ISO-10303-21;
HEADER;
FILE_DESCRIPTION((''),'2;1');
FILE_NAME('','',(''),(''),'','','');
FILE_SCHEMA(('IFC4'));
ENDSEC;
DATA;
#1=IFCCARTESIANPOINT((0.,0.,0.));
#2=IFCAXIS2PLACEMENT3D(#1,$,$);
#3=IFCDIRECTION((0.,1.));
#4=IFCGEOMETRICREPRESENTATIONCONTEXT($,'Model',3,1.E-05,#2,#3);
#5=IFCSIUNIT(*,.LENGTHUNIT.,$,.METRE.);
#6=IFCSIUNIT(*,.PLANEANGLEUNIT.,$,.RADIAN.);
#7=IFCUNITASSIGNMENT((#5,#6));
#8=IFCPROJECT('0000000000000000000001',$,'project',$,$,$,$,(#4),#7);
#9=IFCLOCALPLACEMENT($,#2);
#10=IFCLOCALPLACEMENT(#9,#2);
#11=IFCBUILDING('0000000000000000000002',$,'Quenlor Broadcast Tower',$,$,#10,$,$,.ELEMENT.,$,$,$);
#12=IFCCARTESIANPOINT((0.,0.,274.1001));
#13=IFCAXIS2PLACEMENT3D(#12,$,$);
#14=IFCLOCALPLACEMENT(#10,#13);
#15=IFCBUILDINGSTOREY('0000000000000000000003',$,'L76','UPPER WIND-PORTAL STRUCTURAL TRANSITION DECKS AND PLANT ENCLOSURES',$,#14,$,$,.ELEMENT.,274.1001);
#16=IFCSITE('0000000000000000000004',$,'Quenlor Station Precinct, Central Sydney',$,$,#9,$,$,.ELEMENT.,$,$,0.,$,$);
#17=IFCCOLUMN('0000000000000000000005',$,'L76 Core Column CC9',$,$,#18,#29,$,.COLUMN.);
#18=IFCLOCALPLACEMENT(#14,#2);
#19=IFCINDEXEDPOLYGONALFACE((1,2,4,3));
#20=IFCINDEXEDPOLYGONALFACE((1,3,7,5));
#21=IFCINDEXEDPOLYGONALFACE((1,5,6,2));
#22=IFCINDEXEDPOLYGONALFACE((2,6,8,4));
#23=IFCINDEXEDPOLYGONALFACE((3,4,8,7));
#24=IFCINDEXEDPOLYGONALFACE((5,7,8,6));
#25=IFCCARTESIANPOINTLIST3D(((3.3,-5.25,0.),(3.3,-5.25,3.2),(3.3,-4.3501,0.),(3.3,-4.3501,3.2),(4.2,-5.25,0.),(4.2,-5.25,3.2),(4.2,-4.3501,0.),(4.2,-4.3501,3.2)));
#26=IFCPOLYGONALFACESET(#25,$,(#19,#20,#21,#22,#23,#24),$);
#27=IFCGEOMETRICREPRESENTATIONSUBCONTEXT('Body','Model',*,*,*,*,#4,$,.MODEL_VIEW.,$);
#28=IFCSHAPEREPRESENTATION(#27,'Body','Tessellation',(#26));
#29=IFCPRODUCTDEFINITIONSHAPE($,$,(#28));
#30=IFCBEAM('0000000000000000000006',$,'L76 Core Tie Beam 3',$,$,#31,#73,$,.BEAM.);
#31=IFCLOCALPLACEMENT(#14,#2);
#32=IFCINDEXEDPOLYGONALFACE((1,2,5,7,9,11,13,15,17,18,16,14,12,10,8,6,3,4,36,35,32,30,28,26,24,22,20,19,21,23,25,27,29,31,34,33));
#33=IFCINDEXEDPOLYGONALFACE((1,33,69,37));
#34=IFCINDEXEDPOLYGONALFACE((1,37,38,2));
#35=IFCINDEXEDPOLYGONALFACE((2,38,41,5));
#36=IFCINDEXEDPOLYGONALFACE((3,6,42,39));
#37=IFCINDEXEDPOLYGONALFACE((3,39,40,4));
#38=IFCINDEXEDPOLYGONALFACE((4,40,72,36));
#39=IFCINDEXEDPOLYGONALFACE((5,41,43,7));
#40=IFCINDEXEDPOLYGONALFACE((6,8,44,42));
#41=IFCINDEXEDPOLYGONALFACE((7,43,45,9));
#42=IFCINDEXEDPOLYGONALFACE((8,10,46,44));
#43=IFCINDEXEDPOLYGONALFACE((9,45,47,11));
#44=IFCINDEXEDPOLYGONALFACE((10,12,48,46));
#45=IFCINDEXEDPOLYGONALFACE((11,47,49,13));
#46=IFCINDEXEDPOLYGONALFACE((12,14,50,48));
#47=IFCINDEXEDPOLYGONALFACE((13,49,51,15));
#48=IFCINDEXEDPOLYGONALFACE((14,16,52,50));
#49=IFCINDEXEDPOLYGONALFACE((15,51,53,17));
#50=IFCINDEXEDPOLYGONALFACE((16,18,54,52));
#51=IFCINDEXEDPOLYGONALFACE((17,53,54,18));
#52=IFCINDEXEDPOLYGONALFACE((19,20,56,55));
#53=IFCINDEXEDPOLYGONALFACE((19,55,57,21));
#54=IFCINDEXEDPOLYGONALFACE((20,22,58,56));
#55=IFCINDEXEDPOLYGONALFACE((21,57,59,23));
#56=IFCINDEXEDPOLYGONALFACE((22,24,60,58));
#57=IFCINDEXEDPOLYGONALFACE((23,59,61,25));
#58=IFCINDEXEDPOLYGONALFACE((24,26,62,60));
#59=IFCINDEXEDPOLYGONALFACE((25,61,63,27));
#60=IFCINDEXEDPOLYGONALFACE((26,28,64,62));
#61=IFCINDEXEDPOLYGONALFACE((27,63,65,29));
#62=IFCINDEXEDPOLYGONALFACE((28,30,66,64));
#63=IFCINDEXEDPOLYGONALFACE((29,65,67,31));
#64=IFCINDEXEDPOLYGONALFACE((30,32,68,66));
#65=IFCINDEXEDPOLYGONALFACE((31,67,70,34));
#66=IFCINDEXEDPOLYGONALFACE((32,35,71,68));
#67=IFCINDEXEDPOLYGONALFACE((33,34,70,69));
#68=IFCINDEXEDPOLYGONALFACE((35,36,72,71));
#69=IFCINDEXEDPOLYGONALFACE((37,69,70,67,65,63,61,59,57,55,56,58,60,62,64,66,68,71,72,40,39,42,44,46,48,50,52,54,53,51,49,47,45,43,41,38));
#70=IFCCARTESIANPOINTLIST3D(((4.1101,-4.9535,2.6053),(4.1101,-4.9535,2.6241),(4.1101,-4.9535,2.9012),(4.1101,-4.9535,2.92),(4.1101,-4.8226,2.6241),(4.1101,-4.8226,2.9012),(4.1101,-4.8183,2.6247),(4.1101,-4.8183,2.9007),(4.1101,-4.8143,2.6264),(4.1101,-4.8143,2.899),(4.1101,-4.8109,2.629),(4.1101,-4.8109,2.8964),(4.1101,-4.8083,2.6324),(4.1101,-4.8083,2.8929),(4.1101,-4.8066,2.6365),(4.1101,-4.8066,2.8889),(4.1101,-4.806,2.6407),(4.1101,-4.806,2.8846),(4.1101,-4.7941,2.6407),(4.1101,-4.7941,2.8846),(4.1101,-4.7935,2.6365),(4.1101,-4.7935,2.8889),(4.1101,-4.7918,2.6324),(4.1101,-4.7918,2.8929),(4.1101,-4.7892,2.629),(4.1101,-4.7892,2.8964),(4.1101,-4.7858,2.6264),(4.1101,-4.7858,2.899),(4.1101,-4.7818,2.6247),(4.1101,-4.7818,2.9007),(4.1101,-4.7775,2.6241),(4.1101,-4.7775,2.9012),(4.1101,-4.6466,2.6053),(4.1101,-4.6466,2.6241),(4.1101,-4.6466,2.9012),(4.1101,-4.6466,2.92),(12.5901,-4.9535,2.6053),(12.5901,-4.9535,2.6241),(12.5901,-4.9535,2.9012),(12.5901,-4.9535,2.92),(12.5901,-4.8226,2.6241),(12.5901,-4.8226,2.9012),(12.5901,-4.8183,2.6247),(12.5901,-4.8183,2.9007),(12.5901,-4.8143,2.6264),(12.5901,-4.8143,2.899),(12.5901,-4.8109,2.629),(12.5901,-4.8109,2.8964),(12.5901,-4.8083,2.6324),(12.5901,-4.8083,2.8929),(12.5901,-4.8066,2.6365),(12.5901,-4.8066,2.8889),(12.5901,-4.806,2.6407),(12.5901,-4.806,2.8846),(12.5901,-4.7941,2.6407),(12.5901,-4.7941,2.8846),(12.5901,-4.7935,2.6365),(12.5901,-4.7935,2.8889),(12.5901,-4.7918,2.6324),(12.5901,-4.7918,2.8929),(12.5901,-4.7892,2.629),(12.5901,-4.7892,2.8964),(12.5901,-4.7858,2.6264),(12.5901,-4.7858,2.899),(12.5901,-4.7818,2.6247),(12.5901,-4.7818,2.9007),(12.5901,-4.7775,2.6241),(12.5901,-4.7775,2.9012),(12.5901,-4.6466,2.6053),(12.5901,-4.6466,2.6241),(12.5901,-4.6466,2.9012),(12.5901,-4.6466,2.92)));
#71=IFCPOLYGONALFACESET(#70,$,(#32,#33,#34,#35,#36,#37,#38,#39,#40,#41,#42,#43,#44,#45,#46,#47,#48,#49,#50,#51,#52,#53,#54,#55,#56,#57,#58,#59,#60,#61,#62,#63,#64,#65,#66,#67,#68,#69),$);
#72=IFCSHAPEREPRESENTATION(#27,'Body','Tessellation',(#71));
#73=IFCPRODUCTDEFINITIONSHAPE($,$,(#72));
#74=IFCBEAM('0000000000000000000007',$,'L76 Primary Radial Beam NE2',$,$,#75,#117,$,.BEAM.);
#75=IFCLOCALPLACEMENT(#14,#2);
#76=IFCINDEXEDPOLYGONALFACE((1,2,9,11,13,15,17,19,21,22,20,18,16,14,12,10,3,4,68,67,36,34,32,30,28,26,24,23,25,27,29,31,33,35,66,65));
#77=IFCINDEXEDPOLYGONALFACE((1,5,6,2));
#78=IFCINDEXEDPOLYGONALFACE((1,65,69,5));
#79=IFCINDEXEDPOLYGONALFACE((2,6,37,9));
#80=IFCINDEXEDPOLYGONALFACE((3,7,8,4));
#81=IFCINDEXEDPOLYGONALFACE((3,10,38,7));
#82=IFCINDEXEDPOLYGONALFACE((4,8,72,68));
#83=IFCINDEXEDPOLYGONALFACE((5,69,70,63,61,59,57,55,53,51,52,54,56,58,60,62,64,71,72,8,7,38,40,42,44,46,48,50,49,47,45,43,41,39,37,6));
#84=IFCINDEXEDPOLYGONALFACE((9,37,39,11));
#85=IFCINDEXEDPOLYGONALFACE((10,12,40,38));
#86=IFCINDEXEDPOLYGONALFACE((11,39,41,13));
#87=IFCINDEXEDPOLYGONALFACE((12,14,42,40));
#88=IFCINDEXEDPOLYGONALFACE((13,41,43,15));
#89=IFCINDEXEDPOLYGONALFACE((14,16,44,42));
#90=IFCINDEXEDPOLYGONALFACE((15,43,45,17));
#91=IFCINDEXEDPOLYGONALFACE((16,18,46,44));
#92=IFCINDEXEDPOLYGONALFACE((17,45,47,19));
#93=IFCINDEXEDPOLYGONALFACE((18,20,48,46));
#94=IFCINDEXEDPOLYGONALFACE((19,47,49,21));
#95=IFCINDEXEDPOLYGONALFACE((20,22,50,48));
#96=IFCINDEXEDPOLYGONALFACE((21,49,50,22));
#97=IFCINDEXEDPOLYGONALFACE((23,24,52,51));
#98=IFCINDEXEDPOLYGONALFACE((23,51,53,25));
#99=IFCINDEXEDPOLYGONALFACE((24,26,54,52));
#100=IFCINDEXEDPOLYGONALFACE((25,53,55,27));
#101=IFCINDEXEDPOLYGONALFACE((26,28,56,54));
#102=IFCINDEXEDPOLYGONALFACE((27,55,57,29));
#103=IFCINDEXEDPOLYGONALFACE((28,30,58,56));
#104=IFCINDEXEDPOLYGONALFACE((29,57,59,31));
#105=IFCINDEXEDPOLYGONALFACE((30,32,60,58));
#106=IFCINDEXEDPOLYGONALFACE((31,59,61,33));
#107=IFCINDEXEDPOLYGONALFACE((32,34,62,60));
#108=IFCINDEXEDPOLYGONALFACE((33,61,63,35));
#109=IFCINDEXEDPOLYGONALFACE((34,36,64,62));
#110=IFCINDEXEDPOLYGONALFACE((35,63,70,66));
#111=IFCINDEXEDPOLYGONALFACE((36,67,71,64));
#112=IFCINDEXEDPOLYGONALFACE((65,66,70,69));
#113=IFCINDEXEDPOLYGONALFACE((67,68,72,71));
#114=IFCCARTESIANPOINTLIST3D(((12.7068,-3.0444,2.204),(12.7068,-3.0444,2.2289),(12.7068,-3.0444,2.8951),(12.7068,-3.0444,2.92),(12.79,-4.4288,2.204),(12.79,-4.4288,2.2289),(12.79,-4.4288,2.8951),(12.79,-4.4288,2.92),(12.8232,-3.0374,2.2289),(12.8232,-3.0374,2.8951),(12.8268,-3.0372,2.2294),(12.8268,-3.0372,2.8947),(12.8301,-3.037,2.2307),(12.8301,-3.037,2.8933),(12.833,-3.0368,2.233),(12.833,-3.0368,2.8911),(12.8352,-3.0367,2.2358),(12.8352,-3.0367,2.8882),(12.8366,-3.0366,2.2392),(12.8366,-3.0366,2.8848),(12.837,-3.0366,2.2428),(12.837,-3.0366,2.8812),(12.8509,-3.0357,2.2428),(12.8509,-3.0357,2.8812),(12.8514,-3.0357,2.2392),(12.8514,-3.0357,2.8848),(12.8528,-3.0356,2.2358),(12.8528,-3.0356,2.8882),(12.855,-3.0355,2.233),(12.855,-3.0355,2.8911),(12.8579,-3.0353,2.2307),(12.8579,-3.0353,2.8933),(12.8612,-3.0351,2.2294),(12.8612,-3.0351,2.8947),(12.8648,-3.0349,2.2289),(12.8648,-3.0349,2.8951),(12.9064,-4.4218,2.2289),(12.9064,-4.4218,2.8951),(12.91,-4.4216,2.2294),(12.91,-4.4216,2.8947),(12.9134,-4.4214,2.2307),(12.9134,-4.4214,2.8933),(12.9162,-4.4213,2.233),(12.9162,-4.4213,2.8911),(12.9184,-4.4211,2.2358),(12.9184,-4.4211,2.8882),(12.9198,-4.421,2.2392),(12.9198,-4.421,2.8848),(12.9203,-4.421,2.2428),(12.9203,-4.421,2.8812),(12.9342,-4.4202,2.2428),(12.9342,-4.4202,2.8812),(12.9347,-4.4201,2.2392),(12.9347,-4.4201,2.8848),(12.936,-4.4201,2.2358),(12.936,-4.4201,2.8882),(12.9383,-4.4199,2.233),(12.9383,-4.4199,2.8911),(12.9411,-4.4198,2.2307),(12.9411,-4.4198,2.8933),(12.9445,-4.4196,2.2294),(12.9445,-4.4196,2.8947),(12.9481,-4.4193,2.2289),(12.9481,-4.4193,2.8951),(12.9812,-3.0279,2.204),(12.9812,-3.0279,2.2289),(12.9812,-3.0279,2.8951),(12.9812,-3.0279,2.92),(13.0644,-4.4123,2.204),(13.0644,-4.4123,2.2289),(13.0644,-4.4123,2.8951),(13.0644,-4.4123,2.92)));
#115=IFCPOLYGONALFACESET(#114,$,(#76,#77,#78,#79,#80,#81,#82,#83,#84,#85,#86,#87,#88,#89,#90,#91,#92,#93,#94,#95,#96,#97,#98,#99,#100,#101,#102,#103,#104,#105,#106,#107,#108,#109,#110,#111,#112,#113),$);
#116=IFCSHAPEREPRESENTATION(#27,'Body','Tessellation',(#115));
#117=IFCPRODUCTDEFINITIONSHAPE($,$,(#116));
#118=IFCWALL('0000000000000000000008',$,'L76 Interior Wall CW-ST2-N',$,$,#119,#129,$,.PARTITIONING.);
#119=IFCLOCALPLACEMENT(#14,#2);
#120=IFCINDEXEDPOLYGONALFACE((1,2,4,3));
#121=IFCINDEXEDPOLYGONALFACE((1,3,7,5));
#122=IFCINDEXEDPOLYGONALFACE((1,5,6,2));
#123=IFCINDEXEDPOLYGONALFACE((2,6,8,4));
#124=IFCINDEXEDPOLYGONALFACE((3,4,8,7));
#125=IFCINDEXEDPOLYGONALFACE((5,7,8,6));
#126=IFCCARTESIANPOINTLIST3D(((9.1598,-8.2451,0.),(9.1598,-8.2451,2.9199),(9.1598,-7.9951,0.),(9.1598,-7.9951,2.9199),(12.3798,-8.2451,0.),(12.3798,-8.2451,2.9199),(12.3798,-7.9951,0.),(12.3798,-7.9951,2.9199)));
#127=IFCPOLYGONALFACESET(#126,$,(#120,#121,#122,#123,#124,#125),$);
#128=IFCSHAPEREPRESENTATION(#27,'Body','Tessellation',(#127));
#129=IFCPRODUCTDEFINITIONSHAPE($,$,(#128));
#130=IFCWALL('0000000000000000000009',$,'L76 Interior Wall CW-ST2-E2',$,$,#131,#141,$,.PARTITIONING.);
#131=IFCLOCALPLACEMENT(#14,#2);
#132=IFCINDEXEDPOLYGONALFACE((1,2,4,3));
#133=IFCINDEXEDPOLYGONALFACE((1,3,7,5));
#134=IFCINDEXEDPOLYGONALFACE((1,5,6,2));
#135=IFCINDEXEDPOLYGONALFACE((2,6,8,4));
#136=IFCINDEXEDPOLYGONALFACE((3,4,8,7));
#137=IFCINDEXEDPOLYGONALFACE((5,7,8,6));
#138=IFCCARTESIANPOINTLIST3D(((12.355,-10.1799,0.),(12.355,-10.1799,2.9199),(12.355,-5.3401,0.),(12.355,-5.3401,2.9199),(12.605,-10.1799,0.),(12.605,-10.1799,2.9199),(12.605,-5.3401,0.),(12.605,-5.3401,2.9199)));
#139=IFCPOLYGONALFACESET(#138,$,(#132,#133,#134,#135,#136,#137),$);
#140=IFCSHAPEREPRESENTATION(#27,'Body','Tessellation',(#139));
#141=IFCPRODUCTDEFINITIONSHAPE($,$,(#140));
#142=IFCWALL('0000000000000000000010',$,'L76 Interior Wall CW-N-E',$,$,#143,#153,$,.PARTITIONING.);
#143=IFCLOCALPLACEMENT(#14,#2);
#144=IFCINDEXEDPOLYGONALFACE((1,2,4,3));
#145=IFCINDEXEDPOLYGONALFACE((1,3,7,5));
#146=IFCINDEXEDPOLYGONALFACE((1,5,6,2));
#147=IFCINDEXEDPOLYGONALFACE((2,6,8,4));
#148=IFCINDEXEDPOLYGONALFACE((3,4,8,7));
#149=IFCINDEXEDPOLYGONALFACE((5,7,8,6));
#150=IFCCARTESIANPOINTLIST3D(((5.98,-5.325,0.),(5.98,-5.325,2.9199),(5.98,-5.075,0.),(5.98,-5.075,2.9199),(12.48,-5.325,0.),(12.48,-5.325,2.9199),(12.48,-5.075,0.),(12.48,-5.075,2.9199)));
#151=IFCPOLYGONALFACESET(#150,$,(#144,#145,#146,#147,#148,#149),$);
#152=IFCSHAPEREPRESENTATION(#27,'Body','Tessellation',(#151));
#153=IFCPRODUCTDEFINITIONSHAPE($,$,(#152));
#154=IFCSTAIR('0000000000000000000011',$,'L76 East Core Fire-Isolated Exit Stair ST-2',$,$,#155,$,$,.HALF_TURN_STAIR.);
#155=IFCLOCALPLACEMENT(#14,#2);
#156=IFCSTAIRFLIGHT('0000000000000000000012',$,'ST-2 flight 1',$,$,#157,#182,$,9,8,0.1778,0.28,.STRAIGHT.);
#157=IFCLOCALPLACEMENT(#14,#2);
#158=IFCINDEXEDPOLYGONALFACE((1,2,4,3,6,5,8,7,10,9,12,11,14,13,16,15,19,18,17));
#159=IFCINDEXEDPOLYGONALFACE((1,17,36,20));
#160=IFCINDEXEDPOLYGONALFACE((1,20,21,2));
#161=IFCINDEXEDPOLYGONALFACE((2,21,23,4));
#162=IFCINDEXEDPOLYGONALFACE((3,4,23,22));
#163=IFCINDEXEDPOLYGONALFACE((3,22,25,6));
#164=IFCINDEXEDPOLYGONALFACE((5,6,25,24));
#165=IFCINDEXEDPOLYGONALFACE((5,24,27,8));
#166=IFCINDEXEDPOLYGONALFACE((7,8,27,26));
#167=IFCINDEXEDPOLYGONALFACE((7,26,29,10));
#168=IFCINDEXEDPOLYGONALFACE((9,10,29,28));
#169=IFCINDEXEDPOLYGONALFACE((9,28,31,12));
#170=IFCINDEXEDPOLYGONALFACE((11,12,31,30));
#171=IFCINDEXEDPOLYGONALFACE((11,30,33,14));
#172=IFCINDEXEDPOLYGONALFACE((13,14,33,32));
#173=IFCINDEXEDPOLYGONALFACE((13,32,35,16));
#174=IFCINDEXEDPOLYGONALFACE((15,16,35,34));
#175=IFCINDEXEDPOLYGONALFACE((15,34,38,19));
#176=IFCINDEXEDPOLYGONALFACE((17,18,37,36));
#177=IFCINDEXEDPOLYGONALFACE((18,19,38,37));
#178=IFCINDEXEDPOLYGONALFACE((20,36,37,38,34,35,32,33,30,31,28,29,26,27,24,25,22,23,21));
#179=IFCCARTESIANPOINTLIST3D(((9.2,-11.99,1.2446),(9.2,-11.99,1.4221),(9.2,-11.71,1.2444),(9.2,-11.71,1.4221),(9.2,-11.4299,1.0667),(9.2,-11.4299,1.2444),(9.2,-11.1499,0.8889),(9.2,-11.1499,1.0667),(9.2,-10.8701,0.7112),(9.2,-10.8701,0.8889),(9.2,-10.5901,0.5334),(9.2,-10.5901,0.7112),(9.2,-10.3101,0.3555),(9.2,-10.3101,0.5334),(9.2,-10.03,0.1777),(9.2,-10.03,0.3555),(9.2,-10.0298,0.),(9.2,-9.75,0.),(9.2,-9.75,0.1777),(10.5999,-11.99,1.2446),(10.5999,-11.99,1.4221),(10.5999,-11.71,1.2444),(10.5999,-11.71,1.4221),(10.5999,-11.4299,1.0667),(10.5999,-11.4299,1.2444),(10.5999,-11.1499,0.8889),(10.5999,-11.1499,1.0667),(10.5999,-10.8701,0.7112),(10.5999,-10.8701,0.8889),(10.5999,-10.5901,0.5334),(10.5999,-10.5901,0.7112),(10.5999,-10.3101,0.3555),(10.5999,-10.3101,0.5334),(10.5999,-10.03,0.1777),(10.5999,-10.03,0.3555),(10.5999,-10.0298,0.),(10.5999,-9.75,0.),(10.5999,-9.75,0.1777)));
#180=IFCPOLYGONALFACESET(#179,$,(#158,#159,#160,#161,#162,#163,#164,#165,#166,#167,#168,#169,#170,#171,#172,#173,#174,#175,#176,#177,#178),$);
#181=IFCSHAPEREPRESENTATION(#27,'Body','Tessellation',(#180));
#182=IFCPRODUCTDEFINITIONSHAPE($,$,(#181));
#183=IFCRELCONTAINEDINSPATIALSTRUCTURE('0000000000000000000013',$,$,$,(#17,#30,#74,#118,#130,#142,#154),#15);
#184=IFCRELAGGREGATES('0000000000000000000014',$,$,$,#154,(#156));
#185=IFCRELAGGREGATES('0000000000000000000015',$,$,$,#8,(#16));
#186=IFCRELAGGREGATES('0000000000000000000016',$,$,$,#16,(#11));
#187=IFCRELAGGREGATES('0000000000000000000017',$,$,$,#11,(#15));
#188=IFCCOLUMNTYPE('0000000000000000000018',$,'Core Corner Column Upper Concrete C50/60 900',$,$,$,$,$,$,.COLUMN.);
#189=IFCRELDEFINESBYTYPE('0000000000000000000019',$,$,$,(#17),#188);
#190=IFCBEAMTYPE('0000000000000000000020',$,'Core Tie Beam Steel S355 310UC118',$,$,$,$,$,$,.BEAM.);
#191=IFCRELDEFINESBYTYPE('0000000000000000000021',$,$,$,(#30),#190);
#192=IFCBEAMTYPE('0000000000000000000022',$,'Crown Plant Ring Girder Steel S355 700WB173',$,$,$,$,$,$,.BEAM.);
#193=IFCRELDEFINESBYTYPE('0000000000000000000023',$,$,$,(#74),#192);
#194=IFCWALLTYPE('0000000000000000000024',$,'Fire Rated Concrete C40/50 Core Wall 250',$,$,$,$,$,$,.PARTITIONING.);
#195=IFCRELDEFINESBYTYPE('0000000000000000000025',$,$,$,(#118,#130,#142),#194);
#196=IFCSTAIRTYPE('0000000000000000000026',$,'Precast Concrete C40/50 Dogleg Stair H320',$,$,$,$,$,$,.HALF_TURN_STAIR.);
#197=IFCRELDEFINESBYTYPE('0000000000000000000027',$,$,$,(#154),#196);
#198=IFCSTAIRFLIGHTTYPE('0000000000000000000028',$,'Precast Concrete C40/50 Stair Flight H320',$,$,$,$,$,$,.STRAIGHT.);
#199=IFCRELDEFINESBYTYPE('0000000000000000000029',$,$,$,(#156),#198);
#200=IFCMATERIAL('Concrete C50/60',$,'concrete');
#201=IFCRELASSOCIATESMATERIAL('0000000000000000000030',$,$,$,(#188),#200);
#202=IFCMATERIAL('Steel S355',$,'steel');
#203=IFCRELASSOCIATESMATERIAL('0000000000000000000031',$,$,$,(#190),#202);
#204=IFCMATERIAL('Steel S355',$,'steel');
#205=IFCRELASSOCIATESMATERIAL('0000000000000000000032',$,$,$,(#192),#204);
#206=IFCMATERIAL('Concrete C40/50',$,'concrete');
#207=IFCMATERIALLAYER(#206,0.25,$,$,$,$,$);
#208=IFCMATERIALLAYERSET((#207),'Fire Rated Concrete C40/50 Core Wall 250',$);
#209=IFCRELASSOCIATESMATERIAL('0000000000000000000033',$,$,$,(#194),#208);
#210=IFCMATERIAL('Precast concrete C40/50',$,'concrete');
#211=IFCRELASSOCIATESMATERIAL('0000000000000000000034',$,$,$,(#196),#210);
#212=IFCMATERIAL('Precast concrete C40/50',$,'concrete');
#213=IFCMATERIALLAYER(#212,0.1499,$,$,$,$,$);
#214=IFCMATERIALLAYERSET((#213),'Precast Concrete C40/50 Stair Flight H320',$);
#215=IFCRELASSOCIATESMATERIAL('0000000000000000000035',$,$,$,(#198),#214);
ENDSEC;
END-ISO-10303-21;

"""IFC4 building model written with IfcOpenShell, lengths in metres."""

from ifc_helpers import new_model, si_unit, direction, frame, frame_2d, origin, origin_2d, place, context, subcontext, project, spatial, polyline, rectangle, i_section, outline, extrude, material, layer, layer_set, material_profile, profile_set, type_object, element, aggregate, save


model = new_model("IFC4")

# Units and contexts
model_context = context("Model", 3, precision=1e-05, world=origin(), true_north=direction((0.0, 1.0)))
body_context = subcontext(model_context, "Body", "Model", "MODEL_VIEW")
ifc_project = project(units=[si_unit("LENGTHUNIT", "METRE"), si_unit("PLANEANGLEUNIT", "RADIAN")], contexts=[model_context])

# Site, building, storey
site_placement = place(None, origin())
site = spatial("IfcSite", under=ifc_project, at=site_placement, Name="Quenlor Station Precinct, Central Sydney", CompositionType="ELEMENT", RefElevation=0.0)
building_placement = place(site_placement, origin())
building = spatial("IfcBuilding", under=site, at=building_placement, Name="Quenlor Broadcast Tower", CompositionType="ELEMENT")
storey_placement = place(building_placement, frame((0.0, 0.0, 274.1001)))
storey = spatial("IfcBuildingStorey", under=building, at=storey_placement, Name="L76", Description="UPPER WIND-PORTAL STRUCTURAL TRANSITION DECKS AND PLANT ENCLOSURES", CompositionType="ELEMENT", Elevation=274.1001)

# Column
ifc_material_1 = material(Name="Concrete C50/60", Category="concrete")
ifc_material_profile_1 = material_profile(ifc_material_1, rectangle(XDim=0.8999, YDim=0.8999, at=origin_2d()))
ifc_profile_set_1 = profile_set([ifc_material_profile_1], Name="Concrete C50/60 RC900x900")
column_type = type_object("IfcColumnType", Name="Core Corner Column Upper Concrete C50/60 900", PredefinedType="COLUMN", material=ifc_profile_set_1)
column_placement = place(storey_placement, frame((3.75, -4.8, 0.0), z_axis=(0.0, 0.0, 1.0), x_axis=(1.0, 0.0, 0.0)))
element("IfcColumn", 1, at=column_placement, inside=storey, type_object=column_type, Name="L76 Core Column CC9", PredefinedType="COLUMN", context=body_context, shape_type="SweptSolid", body=[
    extrude(rectangle(XDim=0.8999, YDim=0.8999, at=origin_2d()), origin(), (0.0, 0.0, 1.0), 3.2),
])

# Beams
ifc_material_2 = material(Name="Steel S355", Category="steel")
ifc_material_profile_2 = material_profile(ifc_material_2, i_section(OverallWidth=0.3069, OverallDepth=0.3147, WebThickness=0.012, FlangeThickness=0.0188, FilletRadius=0.0166, at=origin_2d()))
ifc_profile_set_2 = profile_set([ifc_material_profile_2], Name="Steel S355 310UC118")
beam_type_1 = type_object("IfcBeamType", Name="Core Tie Beam Steel S355 310UC118", PredefinedType="BEAM", material=ifc_profile_set_2)
beam_1_placement = place(storey_placement, frame((4.1101, -4.8, 2.7627), z_axis=(1.0, 0.0, 0.0), x_axis=(0.0, 1.0, 0.0)))
element("IfcBeam", 2, at=beam_1_placement, inside=storey, type_object=beam_type_1, Name="L76 Core Tie Beam 3", PredefinedType="BEAM", context=body_context, shape_type="SweptSolid", body=[
    extrude(i_section(OverallWidth=0.3069, OverallDepth=0.3147, WebThickness=0.012, FlangeThickness=0.0188, FilletRadius=0.0166, at=origin_2d()), origin(), (0.0, 0.0, 1.0), 8.48),
])
ifc_material_3 = material(Name="Steel S355", Category="steel")
ifc_material_profile_3 = material_profile(ifc_material_3, i_section(OverallWidth=0.2749, OverallDepth=0.7161, WebThickness=0.0139, FlangeThickness=0.0249, FilletRadius=0.0139, at=origin_2d()))
ifc_profile_set_3 = profile_set([ifc_material_profile_3], Name="Steel S355 700WB173")
beam_type_2 = type_object("IfcBeamType", Name="Crown Plant Ring Girder Steel S355 700WB173", PredefinedType="BEAM", material=ifc_profile_set_3)
beam_2_placement = place(storey_placement, frame((12.844, -3.0361, 2.562), z_axis=(0.060022, -0.998197, 0.0), x_axis=(0.998197, 0.060022, 0.0)))
element("IfcBeam", 3, at=beam_2_placement, inside=storey, type_object=beam_type_2, Name="L76 Primary Radial Beam NE2", PredefinedType="BEAM", context=body_context, shape_type="SweptSolid", body=[
    extrude(i_section(OverallWidth=0.2749, OverallDepth=0.7161, WebThickness=0.0139, FlangeThickness=0.0249, FilletRadius=0.0139, at=origin_2d()), origin(), (0.0, 0.0, 1.0), 1.387),
])

# Shared definitions
ifc_material_4 = material(Name="Concrete C40/50", Category="concrete")
ifc_layer_1 = layer(ifc_material_4, 0.25)
ifc_layer_set_1 = layer_set([ifc_layer_1], Name="Fire Rated Concrete C40/50 Core Wall 250")
wall_type_1 = type_object("IfcWallType", Name="Fire Rated Concrete C40/50 Core Wall 250", PredefinedType="PARTITIONING", material=ifc_layer_set_1)

# Walls
wall_1_placement = place(storey_placement, frame((9.1599, -8.1201, 0.0), z_axis=(0.0, 0.0, 1.0), x_axis=(1.0, 0.0, 0.0)))
element("IfcWall", 4, at=wall_1_placement, inside=storey, type_object=wall_type_1, Name="L76 Interior Wall CW-ST2-N", PredefinedType="PARTITIONING", context=body_context, shape_type="SweptSolid", body=[
    extrude(rectangle(XDim=3.22, YDim=0.25, at=frame_2d((1.6099, 0.0))), origin(), (0.0, 0.0, 1.0), 2.9199),
])
wall_2_placement = place(storey_placement, frame((12.48, -10.1799, 0.0), z_axis=(0.0, 0.0, 1.0), x_axis=(0.0, 1.0, 0.0)))
element("IfcWall", 5, at=wall_2_placement, inside=storey, type_object=wall_type_1, Name="L76 Interior Wall CW-ST2-E2", PredefinedType="PARTITIONING", context=body_context, shape_type="SweptSolid", body=[
    extrude(rectangle(XDim=4.8398, YDim=0.25, at=frame_2d((2.4199, 0.0))), origin(), (0.0, 0.0, 1.0), 2.9199),
])

# Wall
wall_3_placement = place(storey_placement, frame((5.98, -5.2, 0.0), z_axis=(0.0, 0.0, 1.0), x_axis=(1.0, 0.0, 0.0)))
element("IfcWall", 6, at=wall_3_placement, inside=storey, type_object=wall_type_1, Name="L76 Interior Wall CW-N-E", PredefinedType="PARTITIONING", context=body_context, shape_type="SweptSolid", body=[
    extrude(rectangle(XDim=6.5, YDim=0.25, at=frame_2d((3.25, 0.0))), origin(), (0.0, 0.0, 1.0), 2.9199),
])

# Stair, stair flight
ifc_material_5 = material(Name="Precast concrete C40/50", Category="concrete")
stair_type = type_object("IfcStairType", Name="Precast Concrete C40/50 Dogleg Stair H320", PredefinedType="HALF_TURN_STAIR", material=ifc_material_5)
stair_placement = place(storey_placement, origin())
stair = element("IfcStair", 7, at=stair_placement, inside=storey, type_object=stair_type, Name="L76 East Core Fire-Isolated Exit Stair ST-2", PredefinedType="HALF_TURN_STAIR")
ifc_material_6 = material(Name="Precast concrete C40/50", Category="concrete")
ifc_layer_2 = layer(ifc_material_6, 0.1499)
ifc_layer_set_2 = layer_set([ifc_layer_2], Name="Precast Concrete C40/50 Stair Flight H320")
stair_flight_type = type_object("IfcStairFlightType", Name="Precast Concrete C40/50 Stair Flight H320", PredefinedType="STRAIGHT", material=ifc_layer_set_2)
stair_flight_1_placement = place(storey_placement, frame((9.8999, -9.75, 0.0), z_axis=(0.0, 0.0, 1.0), x_axis=(0.0, -1.0, 0.0)))
stair_flight_1 = element("IfcStairFlight", 8, at=stair_flight_1_placement, type_object=stair_flight_type, Name="ST-2 flight 1", NumberOfRisers=9, NumberOfTreads=8, PredefinedType="STRAIGHT", RiserHeight=0.1778, TreadLength=0.28, context=body_context, shape_type="SweptSolid", body=[
    extrude(outline(polyline([(0.0, 0.0), (0.0, 0.1777), (0.28, 0.1777), (0.28, 0.3555), (0.5601, 0.3555), (0.5601, 0.5334), (0.8401, 0.5334), (0.8401, 0.7112), (1.1201, 0.7112), (1.1201, 0.8889), (1.3999, 0.8889), (1.3999, 1.0667), (1.6799, 1.0667), (1.6799, 1.2444), (1.96, 1.2444), (1.96, 1.4221), (2.24, 1.4221), (2.24, 1.6001), (2.24, 1.2446), (0.2798, 0.0), (0.0, 0.0)])), frame((0.0, 0.7, 0.0), z_axis=(0.0, -1.0, 0.0), x_axis=(1.0, 0.0, 0.0)), (0.0, 0.0, 1.0), 1.3999),
])
aggregate(stair, [stair_flight_1])

save(model, "model.ifc")
